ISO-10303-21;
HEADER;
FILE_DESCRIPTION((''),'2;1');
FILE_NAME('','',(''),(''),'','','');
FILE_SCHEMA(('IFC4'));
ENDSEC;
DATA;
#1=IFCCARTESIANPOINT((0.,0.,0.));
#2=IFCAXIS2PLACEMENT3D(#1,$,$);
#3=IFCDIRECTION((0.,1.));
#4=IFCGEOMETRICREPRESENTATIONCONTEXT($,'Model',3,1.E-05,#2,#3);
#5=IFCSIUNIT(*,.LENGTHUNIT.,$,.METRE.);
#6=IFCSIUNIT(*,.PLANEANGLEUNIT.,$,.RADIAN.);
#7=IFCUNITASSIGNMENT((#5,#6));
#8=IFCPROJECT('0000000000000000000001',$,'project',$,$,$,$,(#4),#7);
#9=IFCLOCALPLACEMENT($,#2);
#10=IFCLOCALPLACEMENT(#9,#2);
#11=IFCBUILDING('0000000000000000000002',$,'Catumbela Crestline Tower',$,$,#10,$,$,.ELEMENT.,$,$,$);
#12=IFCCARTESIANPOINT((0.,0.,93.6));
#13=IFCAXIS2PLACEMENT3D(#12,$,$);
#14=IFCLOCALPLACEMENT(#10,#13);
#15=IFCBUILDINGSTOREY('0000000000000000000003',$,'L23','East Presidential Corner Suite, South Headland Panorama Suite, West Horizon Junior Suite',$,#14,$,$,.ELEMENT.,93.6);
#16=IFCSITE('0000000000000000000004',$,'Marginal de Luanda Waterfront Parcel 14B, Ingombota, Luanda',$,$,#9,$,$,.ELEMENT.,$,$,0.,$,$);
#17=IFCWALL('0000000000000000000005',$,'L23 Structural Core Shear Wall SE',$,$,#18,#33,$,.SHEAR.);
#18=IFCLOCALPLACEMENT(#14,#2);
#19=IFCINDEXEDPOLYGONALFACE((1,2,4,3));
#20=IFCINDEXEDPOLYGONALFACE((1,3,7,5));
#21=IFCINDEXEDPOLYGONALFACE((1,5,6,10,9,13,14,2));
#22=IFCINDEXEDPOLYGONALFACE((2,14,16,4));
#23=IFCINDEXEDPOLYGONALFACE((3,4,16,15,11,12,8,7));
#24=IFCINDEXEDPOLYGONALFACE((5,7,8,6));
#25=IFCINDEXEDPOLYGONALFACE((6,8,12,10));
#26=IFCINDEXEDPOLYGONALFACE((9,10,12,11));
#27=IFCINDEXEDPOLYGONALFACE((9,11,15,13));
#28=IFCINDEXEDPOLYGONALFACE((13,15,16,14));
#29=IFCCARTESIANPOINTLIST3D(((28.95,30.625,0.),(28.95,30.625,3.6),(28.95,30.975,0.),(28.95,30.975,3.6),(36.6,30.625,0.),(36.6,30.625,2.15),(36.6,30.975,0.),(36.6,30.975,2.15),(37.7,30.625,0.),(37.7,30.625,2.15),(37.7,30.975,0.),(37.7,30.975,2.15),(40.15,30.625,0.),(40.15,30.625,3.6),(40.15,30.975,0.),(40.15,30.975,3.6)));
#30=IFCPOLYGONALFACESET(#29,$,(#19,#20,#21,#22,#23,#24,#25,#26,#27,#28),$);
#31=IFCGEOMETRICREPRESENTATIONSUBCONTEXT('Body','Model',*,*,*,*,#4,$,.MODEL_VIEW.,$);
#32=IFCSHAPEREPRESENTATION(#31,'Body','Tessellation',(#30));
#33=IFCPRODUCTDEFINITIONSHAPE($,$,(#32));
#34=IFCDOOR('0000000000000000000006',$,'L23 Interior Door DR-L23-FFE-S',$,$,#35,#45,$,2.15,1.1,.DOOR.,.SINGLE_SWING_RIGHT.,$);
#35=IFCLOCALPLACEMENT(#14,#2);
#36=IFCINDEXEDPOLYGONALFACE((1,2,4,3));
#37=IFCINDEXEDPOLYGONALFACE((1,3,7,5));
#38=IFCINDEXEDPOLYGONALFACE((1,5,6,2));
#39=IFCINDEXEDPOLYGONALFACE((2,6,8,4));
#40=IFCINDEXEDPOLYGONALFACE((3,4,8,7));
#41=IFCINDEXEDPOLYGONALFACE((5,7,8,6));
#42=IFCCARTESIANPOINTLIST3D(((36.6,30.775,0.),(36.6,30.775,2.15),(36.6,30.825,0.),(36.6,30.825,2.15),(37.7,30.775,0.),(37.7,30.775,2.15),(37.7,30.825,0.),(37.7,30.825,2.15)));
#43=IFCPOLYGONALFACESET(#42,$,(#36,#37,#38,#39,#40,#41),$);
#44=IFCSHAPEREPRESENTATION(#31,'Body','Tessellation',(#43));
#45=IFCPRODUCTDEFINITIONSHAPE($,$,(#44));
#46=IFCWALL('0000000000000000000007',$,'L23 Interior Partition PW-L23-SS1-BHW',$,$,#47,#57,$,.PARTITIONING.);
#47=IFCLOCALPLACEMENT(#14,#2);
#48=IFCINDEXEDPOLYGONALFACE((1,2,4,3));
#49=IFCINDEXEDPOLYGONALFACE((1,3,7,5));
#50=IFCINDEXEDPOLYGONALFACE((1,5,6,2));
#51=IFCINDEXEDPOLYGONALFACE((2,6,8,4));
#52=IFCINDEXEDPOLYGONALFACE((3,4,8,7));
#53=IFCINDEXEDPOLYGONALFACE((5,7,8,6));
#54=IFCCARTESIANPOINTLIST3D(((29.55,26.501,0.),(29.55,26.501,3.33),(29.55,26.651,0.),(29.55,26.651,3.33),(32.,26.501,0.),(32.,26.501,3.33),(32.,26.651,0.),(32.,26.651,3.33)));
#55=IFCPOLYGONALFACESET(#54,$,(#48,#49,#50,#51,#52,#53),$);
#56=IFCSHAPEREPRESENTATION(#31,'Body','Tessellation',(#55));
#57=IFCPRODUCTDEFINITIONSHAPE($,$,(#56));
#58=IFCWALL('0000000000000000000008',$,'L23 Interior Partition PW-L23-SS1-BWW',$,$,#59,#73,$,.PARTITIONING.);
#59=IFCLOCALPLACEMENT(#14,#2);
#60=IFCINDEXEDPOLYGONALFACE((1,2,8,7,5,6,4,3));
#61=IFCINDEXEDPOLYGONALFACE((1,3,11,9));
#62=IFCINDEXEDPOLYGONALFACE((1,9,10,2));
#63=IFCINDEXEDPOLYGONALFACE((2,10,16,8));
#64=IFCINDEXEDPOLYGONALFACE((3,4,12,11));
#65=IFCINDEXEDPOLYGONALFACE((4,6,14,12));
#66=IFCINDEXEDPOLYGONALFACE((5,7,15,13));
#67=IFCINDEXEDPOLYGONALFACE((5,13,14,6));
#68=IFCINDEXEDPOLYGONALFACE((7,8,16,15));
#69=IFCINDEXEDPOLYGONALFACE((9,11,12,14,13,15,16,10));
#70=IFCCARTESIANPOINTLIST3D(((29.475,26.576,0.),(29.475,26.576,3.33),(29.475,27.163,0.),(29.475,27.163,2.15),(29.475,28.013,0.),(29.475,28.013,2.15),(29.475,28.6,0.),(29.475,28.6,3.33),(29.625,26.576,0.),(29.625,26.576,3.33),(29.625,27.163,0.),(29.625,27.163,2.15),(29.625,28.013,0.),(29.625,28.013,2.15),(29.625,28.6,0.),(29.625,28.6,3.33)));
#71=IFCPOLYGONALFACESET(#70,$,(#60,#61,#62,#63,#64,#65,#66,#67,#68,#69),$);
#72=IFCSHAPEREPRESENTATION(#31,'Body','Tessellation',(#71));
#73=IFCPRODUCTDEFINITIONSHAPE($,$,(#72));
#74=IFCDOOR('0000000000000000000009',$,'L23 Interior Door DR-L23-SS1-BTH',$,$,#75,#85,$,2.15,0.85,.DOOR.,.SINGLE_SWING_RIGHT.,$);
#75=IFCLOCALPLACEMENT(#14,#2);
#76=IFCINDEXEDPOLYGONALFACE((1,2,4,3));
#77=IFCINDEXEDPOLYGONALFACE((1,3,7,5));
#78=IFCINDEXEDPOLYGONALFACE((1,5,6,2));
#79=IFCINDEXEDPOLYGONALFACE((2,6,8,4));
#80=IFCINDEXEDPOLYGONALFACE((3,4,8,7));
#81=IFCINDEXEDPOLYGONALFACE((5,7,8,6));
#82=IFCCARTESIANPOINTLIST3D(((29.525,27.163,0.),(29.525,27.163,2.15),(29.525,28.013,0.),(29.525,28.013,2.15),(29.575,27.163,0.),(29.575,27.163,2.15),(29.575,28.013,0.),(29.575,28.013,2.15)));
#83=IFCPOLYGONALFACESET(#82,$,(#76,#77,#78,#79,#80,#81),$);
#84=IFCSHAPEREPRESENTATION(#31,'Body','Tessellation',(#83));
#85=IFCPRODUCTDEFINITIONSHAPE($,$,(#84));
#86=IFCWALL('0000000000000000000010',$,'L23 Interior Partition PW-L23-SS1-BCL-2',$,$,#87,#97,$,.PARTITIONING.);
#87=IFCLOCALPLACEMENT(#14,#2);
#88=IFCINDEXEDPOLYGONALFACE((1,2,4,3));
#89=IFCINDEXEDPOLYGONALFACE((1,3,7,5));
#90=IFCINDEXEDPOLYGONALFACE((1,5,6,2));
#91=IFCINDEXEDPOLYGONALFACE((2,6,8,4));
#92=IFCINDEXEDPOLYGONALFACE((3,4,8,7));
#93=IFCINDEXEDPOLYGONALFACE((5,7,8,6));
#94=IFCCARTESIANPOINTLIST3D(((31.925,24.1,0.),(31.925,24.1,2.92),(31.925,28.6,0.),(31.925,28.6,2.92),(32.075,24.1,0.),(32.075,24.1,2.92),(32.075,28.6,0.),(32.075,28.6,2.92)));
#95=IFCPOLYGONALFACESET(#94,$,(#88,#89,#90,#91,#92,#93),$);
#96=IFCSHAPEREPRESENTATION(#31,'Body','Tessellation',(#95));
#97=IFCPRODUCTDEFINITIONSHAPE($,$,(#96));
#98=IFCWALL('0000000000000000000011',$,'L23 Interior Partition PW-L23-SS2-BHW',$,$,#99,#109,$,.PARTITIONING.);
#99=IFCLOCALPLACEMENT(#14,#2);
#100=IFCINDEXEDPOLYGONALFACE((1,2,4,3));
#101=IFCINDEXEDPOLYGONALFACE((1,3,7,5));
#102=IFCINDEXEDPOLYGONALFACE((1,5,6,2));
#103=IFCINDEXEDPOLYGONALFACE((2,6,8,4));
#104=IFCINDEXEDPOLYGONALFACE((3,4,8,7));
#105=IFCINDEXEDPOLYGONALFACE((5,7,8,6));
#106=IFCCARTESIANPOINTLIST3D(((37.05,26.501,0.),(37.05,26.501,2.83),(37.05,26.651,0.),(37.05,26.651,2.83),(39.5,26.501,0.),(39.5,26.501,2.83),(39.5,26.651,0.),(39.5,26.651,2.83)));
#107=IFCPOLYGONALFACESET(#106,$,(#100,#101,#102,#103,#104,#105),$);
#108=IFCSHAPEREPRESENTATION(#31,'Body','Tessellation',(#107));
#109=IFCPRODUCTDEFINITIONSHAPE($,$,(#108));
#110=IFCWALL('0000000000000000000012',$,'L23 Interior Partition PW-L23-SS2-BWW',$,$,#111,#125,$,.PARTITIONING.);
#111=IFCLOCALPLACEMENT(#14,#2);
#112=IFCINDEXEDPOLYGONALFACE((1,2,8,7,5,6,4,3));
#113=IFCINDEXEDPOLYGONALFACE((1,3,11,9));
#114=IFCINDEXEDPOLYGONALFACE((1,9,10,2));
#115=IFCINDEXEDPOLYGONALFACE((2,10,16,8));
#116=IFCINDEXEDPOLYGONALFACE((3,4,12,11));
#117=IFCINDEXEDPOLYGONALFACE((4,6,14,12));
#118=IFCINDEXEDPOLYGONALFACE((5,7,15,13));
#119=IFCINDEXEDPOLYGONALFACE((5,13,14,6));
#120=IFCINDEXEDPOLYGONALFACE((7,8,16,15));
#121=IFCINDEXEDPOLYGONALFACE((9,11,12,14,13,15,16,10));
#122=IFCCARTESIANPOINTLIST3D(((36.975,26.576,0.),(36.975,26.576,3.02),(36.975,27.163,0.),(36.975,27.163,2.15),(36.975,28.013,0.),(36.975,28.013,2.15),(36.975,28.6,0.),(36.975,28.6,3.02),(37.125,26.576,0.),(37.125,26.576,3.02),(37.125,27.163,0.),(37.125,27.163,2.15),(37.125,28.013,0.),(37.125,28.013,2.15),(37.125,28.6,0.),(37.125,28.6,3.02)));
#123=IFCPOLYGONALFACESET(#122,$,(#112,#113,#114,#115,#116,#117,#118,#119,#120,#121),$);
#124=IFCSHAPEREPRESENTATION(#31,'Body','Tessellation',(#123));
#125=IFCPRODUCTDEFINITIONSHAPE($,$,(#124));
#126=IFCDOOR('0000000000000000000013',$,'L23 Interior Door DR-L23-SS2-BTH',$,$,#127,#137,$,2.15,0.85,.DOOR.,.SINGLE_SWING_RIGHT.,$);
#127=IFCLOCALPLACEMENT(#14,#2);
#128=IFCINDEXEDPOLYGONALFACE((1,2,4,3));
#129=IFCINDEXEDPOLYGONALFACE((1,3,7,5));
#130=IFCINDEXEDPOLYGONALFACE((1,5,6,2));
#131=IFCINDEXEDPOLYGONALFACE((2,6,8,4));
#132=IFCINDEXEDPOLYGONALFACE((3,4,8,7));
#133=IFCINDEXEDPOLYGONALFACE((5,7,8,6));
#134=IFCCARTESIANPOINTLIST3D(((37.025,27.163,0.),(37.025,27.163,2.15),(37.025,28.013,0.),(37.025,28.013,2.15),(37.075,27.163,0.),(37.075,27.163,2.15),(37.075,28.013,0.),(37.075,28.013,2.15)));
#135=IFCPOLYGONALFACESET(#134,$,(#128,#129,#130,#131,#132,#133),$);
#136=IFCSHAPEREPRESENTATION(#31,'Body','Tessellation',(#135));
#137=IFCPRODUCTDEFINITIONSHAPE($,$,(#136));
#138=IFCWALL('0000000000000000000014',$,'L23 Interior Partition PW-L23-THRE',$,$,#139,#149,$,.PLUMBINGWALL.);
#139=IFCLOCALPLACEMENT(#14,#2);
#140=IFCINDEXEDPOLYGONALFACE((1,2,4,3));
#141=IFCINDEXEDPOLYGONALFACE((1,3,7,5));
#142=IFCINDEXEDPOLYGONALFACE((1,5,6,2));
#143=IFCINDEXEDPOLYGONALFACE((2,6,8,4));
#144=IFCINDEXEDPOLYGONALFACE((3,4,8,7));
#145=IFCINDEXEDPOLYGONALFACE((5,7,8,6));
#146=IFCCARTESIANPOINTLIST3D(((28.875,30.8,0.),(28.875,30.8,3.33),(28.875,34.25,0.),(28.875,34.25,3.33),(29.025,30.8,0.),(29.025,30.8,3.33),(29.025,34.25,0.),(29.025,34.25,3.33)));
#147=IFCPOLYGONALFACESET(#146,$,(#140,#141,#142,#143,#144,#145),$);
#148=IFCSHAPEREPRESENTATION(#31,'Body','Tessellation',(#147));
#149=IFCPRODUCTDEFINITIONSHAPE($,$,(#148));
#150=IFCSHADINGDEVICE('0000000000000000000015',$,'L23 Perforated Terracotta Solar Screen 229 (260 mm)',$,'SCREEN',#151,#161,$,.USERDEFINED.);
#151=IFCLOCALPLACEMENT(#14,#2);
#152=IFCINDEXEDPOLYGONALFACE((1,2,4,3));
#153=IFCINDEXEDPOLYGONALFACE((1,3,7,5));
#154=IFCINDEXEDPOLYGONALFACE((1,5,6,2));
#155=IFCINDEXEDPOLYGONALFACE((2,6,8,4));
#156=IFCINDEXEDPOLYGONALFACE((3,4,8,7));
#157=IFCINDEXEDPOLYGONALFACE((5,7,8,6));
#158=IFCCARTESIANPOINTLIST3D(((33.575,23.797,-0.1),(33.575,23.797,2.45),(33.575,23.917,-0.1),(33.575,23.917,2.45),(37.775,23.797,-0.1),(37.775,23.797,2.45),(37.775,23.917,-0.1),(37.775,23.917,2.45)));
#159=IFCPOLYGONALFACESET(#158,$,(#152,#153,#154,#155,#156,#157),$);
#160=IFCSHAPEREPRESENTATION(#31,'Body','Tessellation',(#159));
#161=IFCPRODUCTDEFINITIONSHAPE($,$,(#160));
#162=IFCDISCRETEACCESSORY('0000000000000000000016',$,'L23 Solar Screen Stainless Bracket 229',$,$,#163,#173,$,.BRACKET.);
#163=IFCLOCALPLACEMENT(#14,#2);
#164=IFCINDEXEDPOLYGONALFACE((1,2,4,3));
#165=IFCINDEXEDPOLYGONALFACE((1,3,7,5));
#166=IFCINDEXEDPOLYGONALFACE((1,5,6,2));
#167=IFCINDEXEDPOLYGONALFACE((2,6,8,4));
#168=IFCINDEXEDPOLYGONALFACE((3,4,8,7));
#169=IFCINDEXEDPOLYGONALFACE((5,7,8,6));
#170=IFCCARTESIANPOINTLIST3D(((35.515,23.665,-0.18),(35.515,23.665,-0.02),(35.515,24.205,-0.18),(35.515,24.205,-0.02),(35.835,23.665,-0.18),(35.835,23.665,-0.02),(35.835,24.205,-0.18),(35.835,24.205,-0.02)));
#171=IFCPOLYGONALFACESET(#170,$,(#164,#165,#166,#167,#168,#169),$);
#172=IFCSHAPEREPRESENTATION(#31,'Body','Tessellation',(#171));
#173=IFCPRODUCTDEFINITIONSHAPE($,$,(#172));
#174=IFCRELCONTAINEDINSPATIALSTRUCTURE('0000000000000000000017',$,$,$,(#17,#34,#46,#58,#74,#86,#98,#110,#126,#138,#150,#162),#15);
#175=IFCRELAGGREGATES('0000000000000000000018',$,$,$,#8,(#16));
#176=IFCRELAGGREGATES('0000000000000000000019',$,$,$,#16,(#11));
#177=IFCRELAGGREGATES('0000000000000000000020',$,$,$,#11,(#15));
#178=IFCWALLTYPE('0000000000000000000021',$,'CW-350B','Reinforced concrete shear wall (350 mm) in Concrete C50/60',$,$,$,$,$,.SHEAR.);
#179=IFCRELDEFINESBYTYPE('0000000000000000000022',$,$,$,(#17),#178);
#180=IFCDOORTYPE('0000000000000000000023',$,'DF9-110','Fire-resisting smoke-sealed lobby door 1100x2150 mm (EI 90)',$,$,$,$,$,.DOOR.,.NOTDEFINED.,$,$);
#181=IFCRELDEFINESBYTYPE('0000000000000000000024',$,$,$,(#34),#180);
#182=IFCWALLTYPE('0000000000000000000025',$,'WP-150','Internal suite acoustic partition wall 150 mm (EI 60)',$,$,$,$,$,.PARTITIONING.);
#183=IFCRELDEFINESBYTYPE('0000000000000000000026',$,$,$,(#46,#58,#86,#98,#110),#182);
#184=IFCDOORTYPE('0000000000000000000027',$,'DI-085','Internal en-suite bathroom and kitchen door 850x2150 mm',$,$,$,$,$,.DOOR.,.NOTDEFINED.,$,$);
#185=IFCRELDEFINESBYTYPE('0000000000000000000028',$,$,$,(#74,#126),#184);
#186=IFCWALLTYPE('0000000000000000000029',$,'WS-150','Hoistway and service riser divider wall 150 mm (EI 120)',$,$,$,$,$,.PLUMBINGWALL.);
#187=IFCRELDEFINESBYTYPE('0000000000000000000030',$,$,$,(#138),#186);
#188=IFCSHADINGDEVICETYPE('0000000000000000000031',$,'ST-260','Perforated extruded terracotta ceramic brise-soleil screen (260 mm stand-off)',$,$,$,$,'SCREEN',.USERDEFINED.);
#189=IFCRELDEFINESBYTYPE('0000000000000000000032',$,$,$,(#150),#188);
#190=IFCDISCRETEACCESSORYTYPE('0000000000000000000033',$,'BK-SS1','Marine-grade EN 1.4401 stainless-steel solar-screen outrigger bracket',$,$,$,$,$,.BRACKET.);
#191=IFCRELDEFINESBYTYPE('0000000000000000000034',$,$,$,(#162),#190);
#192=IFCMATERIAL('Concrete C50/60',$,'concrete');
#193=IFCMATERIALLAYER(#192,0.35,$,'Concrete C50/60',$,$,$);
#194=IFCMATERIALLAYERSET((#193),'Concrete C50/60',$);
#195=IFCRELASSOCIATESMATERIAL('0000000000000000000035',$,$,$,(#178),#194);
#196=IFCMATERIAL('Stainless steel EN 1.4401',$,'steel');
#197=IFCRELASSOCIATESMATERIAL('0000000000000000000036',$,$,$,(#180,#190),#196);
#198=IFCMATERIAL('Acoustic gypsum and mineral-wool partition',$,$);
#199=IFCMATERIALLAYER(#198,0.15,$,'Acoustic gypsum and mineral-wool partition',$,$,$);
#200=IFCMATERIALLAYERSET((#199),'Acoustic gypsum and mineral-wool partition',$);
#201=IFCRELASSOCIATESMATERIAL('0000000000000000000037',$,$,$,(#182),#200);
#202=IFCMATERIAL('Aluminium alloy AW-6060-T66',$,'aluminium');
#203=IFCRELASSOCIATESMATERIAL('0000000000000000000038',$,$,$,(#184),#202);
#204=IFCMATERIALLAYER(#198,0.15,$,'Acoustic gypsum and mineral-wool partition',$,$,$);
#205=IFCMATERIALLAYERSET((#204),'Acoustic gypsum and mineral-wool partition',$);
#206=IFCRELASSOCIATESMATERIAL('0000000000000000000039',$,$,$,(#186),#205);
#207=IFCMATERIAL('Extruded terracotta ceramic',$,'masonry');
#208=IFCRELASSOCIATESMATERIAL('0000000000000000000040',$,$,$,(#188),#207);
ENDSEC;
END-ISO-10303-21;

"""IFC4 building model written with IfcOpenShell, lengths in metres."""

from ifc_helpers import new_model, si_unit, direction, frame, frame_2d, origin, origin_2d, place, context, subcontext, project, spatial, rectangle, extrude, material, layer, layer_set, type_object, element, fill, save


model = new_model("IFC4")

# Units and contexts
model_context = context("Model", 3, precision=1e-05, world=origin(), true_north=direction((0.0, 1.0)))
body_context = subcontext(model_context, "Body", "Model", "MODEL_VIEW")
ifc_project = project(units=[si_unit("LENGTHUNIT", "METRE"), si_unit("PLANEANGLEUNIT", "RADIAN")], contexts=[model_context])

# Site, building, storey
site_placement = place(None, origin())
site = spatial("IfcSite", under=ifc_project, at=site_placement, Name="Marginal de Luanda Waterfront Parcel 14B, Ingombota, Luanda", CompositionType="ELEMENT", RefElevation=0.0)
building_placement = place(site_placement, origin())
building = spatial("IfcBuilding", under=site, at=building_placement, Name="Catumbela Crestline Tower", CompositionType="ELEMENT")
storey_placement = place(building_placement, frame((0.0, 0.0, 93.6)))
storey = spatial("IfcBuildingStorey", under=building, at=storey_placement, Name="L23", Description="East Presidential Corner Suite, South Headland Panorama Suite, West Horizon Junior Suite", CompositionType="ELEMENT", Elevation=93.6)

# Shared definitions
ifc_material_1 = material(Name="Concrete C50/60", Category="concrete")

# Shared definitions
ifc_material_2 = material(Name="Aluminium alloy AW-6060-T66", Category="aluminium")

# Wall, opening, door
ifc_layer_1 = layer(ifc_material_1, 0.35, Name="Concrete C50/60")
ifc_layer_set_1 = layer_set([ifc_layer_1], Name="Concrete C50/60")
wall_type_1 = type_object("IfcWallType", Name="CW-350B", Description="Reinforced concrete shear wall (350 mm) in Concrete C50/60", PredefinedType="SHEAR", material=ifc_layer_set_1)
wall_1_placement = place(storey_placement, frame((28.95, 30.8, 0.0), z_axis=(0.0, 0.0, 1.0), x_axis=(1.0, 0.0, 0.0)))
wall_1 = element("IfcWall", 1, at=wall_1_placement, inside=storey, type_object=wall_type_1, Name="L23 Structural Core Shear Wall SE", PredefinedType="SHEAR", context=body_context, shape_type="SweptSolid", body=[
    extrude(rectangle(XDim=11.2, YDim=0.35, at=frame_2d((5.6, 0.0))), origin(), (0.0, 0.0, 1.0), 3.6),
])
opening_1_placement = place(wall_1_placement, frame((7.65, 0.0, 0.0)))
opening_1 = element("IfcOpeningElement", 2, at=opening_1_placement, cuts=wall_1, PredefinedType="OPENING", context=body_context, shape_type="SweptSolid", body=[
    extrude(rectangle(XDim=1.1, YDim=2.15, at=frame_2d((0.55, 1.075))), frame((0.0, 0.185, 0.0), z_axis=(0.0, -1.0, 0.0), x_axis=(1.0, 0.0, 0.0)), (0.0, 0.0, 1.0), 0.37),
])
ifc_material_3 = material(Name="Stainless steel EN 1.4401", Category="steel")
door_type_1 = type_object("IfcDoorType", Name="DF9-110", Description="Fire-resisting smoke-sealed lobby door 1100x2150 mm (EI 90)", OperationType="NOTDEFINED", PredefinedType="DOOR", material=ifc_material_3)
door_1_placement = place(opening_1_placement, origin())
door_1 = element("IfcDoor", 3, at=door_1_placement, inside=storey, type_object=door_type_1, Name="L23 Interior Door DR-L23-FFE-S", OperationType="SINGLE_SWING_RIGHT", OverallHeight=2.15, OverallWidth=1.1, PredefinedType="DOOR", context=body_context, shape_type="SweptSolid", body=[
    extrude(rectangle(XDim=1.1, YDim=2.15, at=frame_2d((0.55, 1.075))), frame((0.0, 0.025, 0.0), z_axis=(0.0, -1.0, 0.0), x_axis=(1.0, 0.0, 0.0)), (0.0, 0.0, 1.0), 0.05),
])
fill(opening_1, door_1)

# Wall
ifc_material_4 = material(Name="Acoustic gypsum and mineral-wool partition")
ifc_layer_2 = layer(ifc_material_4, 0.15, Name="Acoustic gypsum and mineral-wool partition")
ifc_layer_set_2 = layer_set([ifc_layer_2], Name="Acoustic gypsum and mineral-wool partition")
wall_type_2 = type_object("IfcWallType", Name="WP-150", Description="Internal suite acoustic partition wall 150 mm (EI 60)", PredefinedType="PARTITIONING", material=ifc_layer_set_2)
wall_2_placement = place(storey_placement, frame((29.55, 26.576, 0.0), z_axis=(0.0, 0.0, 1.0), x_axis=(1.0, 0.0, 0.0)))
element("IfcWall", 4, at=wall_2_placement, inside=storey, type_object=wall_type_2, Name="L23 Interior Partition PW-L23-SS1-BHW", PredefinedType="PARTITIONING", context=body_context, shape_type="SweptSolid", body=[
    extrude(rectangle(XDim=2.45, YDim=0.15, at=frame_2d((1.225, 0.0))), origin(), (0.0, 0.0, 1.0), 3.33),
])

# Wall, opening, door
wall_3_placement = place(storey_placement, frame((29.55, 26.576, 0.0), z_axis=(0.0, 0.0, 1.0), x_axis=(0.0, 1.0, 0.0)))
wall_3 = element("IfcWall", 5, at=wall_3_placement, inside=storey, type_object=wall_type_2, Name="L23 Interior Partition PW-L23-SS1-BWW", PredefinedType="PARTITIONING", context=body_context, shape_type="SweptSolid", body=[
    extrude(rectangle(XDim=2.024, YDim=0.15, at=frame_2d((1.012, 0.0))), origin(), (0.0, 0.0, 1.0), 3.33),
])
opening_2_placement = place(wall_3_placement, frame((0.587, 0.0, 0.0)))
opening_2 = element("IfcOpeningElement", 6, at=opening_2_placement, cuts=wall_3, PredefinedType="OPENING", context=body_context, shape_type="SweptSolid", body=[
    extrude(rectangle(XDim=0.85, YDim=2.15, at=frame_2d((0.425, 1.075))), frame((0.0, 0.085, 0.0), z_axis=(0.0, -1.0, 0.0), x_axis=(1.0, 0.0, 0.0)), (0.0, 0.0, 1.0), 0.17),
])
door_type_2 = type_object("IfcDoorType", Name="DI-085", Description="Internal en-suite bathroom and kitchen door 850x2150 mm", OperationType="NOTDEFINED", PredefinedType="DOOR", material=ifc_material_2)
door_2_placement = place(opening_2_placement, origin())
door_2 = element("IfcDoor", 7, at=door_2_placement, inside=storey, type_object=door_type_2, Name="L23 Interior Door DR-L23-SS1-BTH", OperationType="SINGLE_SWING_RIGHT", OverallHeight=2.15, OverallWidth=0.85, PredefinedType="DOOR", context=body_context, shape_type="SweptSolid", body=[
    extrude(rectangle(XDim=0.85, YDim=2.15, at=frame_2d((0.425, 1.075))), frame((0.0, 0.025, 0.0), z_axis=(0.0, -1.0, 0.0), x_axis=(1.0, 0.0, 0.0)), (0.0, 0.0, 1.0), 0.05),
])
fill(opening_2, door_2)

# Walls
wall_4_placement = place(storey_placement, frame((32.0, 28.6, 0.0), z_axis=(0.0, 0.0, 1.0), x_axis=(0.0, -1.0, 0.0)))
element("IfcWall", 8, at=wall_4_placement, inside=storey, type_object=wall_type_2, Name="L23 Interior Partition PW-L23-SS1-BCL-2", PredefinedType="PARTITIONING", context=body_context, shape_type="SweptSolid", body=[
    extrude(rectangle(XDim=4.5, YDim=0.15, at=frame_2d((2.25, 0.0))), origin(), (0.0, 0.0, 1.0), 2.92),
])
wall_5_placement = place(storey_placement, frame((37.05, 26.576, 0.0), z_axis=(0.0, 0.0, 1.0), x_axis=(1.0, 0.0, 0.0)))
element("IfcWall", 9, at=wall_5_placement, inside=storey, type_object=wall_type_2, Name="L23 Interior Partition PW-L23-SS2-BHW", PredefinedType="PARTITIONING", context=body_context, shape_type="SweptSolid", body=[
    extrude(rectangle(XDim=2.45, YDim=0.15, at=frame_2d((1.225, 0.0))), origin(), (0.0, 0.0, 1.0), 2.83),
])

# Wall, opening, door
wall_6_placement = place(storey_placement, frame((37.05, 26.576, 0.0), z_axis=(0.0, 0.0, 1.0), x_axis=(0.0, 1.0, 0.0)))
wall_6 = element("IfcWall", 10, at=wall_6_placement, inside=storey, type_object=wall_type_2, Name="L23 Interior Partition PW-L23-SS2-BWW", PredefinedType="PARTITIONING", context=body_context, shape_type="SweptSolid", body=[
    extrude(rectangle(XDim=2.024, YDim=0.15, at=frame_2d((1.012, 0.0))), origin(), (0.0, 0.0, 1.0), 3.02),
])
opening_3_placement = place(wall_6_placement, frame((0.587, 0.0, 0.0)))
opening_3 = element("IfcOpeningElement", 11, at=opening_3_placement, cuts=wall_6, PredefinedType="OPENING", context=body_context, shape_type="SweptSolid", body=[
    extrude(rectangle(XDim=0.85, YDim=2.15, at=frame_2d((0.425, 1.075))), frame((0.0, 0.085, 0.0), z_axis=(0.0, -1.0, 0.0), x_axis=(1.0, 0.0, 0.0)), (0.0, 0.0, 1.0), 0.17),
])
door_3_placement = place(opening_3_placement, origin())
door_3 = element("IfcDoor", 12, at=door_3_placement, inside=storey, type_object=door_type_2, Name="L23 Interior Door DR-L23-SS2-BTH", OperationType="SINGLE_SWING_RIGHT", OverallHeight=2.15, OverallWidth=0.85, PredefinedType="DOOR", context=body_context, shape_type="SweptSolid", body=[
    extrude(rectangle(XDim=0.85, YDim=2.15, at=frame_2d((0.425, 1.075))), frame((0.0, 0.025, 0.0), z_axis=(0.0, -1.0, 0.0), x_axis=(1.0, 0.0, 0.0)), (0.0, 0.0, 1.0), 0.05),
])
fill(opening_3, door_3)

# Wall
ifc_layer_3 = layer(ifc_material_4, 0.15, Name="Acoustic gypsum and mineral-wool partition")
ifc_layer_set_3 = layer_set([ifc_layer_3], Name="Acoustic gypsum and mineral-wool partition")
wall_type_3 = type_object("IfcWallType", Name="WS-150", Description="Hoistway and service riser divider wall 150 mm (EI 120)", PredefinedType="PLUMBINGWALL", material=ifc_layer_set_3)
wall_7_placement = place(storey_placement, frame((28.95, 30.8, 0.0), z_axis=(0.0, 0.0, 1.0), x_axis=(0.0, 1.0, 0.0)))
element("IfcWall", 13, at=wall_7_placement, inside=storey, type_object=wall_type_3, Name="L23 Interior Partition PW-L23-THRE", PredefinedType="PLUMBINGWALL", context=body_context, shape_type="SweptSolid", body=[
    extrude(rectangle(XDim=3.45, YDim=0.15, at=frame_2d((1.725, 0.0))), origin(), (0.0, 0.0, 1.0), 3.33),
])

# Shading device
ifc_material_5 = material(Name="Extruded terracotta ceramic", Category="masonry")
shading_device_type = type_object("IfcShadingDeviceType", Name="ST-260", Description="Perforated extruded terracotta ceramic brise-soleil screen (260 mm stand-off)", ElementType="SCREEN", PredefinedType="USERDEFINED", material=ifc_material_5)
shading_device_placement = place(storey_placement, frame((35.675, 23.857, -0.1), z_axis=(0.0, 0.0, 1.0), x_axis=(1.0, 0.0, 0.0)))
element("IfcShadingDevice", 14, at=shading_device_placement, inside=storey, type_object=shading_device_type, Name="L23 Perforated Terracotta Solar Screen 229 (260 mm)", ObjectType="SCREEN", PredefinedType="USERDEFINED", context=body_context, shape_type="SweptSolid", body=[
    extrude(rectangle(XDim=4.2, YDim=0.12, at=origin_2d()), origin(), (0.0, 0.0, 1.0), 2.55),
])

# Discrete accessory
discrete_accessory_type = type_object("IfcDiscreteAccessoryType", Name="BK-SS1", Description="Marine-grade EN 1.4401 stainless-steel solar-screen outrigger bracket", PredefinedType="BRACKET", material=ifc_material_3)
discrete_accessory_placement = place(storey_placement, frame((35.675, 23.935, -0.18), z_axis=(0.0, 0.0, 1.0), x_axis=(1.0, 0.0, 0.0)))
element("IfcDiscreteAccessory", 15, at=discrete_accessory_placement, inside=storey, type_object=discrete_accessory_type, Name="L23 Solar Screen Stainless Bracket 229", PredefinedType="BRACKET", context=body_context, shape_type="SweptSolid", body=[
    extrude(rectangle(XDim=0.32, YDim=0.54, at=origin_2d()), origin(), (0.0, 0.0, 1.0), 0.16),
])

save(model, "model.ifc")
